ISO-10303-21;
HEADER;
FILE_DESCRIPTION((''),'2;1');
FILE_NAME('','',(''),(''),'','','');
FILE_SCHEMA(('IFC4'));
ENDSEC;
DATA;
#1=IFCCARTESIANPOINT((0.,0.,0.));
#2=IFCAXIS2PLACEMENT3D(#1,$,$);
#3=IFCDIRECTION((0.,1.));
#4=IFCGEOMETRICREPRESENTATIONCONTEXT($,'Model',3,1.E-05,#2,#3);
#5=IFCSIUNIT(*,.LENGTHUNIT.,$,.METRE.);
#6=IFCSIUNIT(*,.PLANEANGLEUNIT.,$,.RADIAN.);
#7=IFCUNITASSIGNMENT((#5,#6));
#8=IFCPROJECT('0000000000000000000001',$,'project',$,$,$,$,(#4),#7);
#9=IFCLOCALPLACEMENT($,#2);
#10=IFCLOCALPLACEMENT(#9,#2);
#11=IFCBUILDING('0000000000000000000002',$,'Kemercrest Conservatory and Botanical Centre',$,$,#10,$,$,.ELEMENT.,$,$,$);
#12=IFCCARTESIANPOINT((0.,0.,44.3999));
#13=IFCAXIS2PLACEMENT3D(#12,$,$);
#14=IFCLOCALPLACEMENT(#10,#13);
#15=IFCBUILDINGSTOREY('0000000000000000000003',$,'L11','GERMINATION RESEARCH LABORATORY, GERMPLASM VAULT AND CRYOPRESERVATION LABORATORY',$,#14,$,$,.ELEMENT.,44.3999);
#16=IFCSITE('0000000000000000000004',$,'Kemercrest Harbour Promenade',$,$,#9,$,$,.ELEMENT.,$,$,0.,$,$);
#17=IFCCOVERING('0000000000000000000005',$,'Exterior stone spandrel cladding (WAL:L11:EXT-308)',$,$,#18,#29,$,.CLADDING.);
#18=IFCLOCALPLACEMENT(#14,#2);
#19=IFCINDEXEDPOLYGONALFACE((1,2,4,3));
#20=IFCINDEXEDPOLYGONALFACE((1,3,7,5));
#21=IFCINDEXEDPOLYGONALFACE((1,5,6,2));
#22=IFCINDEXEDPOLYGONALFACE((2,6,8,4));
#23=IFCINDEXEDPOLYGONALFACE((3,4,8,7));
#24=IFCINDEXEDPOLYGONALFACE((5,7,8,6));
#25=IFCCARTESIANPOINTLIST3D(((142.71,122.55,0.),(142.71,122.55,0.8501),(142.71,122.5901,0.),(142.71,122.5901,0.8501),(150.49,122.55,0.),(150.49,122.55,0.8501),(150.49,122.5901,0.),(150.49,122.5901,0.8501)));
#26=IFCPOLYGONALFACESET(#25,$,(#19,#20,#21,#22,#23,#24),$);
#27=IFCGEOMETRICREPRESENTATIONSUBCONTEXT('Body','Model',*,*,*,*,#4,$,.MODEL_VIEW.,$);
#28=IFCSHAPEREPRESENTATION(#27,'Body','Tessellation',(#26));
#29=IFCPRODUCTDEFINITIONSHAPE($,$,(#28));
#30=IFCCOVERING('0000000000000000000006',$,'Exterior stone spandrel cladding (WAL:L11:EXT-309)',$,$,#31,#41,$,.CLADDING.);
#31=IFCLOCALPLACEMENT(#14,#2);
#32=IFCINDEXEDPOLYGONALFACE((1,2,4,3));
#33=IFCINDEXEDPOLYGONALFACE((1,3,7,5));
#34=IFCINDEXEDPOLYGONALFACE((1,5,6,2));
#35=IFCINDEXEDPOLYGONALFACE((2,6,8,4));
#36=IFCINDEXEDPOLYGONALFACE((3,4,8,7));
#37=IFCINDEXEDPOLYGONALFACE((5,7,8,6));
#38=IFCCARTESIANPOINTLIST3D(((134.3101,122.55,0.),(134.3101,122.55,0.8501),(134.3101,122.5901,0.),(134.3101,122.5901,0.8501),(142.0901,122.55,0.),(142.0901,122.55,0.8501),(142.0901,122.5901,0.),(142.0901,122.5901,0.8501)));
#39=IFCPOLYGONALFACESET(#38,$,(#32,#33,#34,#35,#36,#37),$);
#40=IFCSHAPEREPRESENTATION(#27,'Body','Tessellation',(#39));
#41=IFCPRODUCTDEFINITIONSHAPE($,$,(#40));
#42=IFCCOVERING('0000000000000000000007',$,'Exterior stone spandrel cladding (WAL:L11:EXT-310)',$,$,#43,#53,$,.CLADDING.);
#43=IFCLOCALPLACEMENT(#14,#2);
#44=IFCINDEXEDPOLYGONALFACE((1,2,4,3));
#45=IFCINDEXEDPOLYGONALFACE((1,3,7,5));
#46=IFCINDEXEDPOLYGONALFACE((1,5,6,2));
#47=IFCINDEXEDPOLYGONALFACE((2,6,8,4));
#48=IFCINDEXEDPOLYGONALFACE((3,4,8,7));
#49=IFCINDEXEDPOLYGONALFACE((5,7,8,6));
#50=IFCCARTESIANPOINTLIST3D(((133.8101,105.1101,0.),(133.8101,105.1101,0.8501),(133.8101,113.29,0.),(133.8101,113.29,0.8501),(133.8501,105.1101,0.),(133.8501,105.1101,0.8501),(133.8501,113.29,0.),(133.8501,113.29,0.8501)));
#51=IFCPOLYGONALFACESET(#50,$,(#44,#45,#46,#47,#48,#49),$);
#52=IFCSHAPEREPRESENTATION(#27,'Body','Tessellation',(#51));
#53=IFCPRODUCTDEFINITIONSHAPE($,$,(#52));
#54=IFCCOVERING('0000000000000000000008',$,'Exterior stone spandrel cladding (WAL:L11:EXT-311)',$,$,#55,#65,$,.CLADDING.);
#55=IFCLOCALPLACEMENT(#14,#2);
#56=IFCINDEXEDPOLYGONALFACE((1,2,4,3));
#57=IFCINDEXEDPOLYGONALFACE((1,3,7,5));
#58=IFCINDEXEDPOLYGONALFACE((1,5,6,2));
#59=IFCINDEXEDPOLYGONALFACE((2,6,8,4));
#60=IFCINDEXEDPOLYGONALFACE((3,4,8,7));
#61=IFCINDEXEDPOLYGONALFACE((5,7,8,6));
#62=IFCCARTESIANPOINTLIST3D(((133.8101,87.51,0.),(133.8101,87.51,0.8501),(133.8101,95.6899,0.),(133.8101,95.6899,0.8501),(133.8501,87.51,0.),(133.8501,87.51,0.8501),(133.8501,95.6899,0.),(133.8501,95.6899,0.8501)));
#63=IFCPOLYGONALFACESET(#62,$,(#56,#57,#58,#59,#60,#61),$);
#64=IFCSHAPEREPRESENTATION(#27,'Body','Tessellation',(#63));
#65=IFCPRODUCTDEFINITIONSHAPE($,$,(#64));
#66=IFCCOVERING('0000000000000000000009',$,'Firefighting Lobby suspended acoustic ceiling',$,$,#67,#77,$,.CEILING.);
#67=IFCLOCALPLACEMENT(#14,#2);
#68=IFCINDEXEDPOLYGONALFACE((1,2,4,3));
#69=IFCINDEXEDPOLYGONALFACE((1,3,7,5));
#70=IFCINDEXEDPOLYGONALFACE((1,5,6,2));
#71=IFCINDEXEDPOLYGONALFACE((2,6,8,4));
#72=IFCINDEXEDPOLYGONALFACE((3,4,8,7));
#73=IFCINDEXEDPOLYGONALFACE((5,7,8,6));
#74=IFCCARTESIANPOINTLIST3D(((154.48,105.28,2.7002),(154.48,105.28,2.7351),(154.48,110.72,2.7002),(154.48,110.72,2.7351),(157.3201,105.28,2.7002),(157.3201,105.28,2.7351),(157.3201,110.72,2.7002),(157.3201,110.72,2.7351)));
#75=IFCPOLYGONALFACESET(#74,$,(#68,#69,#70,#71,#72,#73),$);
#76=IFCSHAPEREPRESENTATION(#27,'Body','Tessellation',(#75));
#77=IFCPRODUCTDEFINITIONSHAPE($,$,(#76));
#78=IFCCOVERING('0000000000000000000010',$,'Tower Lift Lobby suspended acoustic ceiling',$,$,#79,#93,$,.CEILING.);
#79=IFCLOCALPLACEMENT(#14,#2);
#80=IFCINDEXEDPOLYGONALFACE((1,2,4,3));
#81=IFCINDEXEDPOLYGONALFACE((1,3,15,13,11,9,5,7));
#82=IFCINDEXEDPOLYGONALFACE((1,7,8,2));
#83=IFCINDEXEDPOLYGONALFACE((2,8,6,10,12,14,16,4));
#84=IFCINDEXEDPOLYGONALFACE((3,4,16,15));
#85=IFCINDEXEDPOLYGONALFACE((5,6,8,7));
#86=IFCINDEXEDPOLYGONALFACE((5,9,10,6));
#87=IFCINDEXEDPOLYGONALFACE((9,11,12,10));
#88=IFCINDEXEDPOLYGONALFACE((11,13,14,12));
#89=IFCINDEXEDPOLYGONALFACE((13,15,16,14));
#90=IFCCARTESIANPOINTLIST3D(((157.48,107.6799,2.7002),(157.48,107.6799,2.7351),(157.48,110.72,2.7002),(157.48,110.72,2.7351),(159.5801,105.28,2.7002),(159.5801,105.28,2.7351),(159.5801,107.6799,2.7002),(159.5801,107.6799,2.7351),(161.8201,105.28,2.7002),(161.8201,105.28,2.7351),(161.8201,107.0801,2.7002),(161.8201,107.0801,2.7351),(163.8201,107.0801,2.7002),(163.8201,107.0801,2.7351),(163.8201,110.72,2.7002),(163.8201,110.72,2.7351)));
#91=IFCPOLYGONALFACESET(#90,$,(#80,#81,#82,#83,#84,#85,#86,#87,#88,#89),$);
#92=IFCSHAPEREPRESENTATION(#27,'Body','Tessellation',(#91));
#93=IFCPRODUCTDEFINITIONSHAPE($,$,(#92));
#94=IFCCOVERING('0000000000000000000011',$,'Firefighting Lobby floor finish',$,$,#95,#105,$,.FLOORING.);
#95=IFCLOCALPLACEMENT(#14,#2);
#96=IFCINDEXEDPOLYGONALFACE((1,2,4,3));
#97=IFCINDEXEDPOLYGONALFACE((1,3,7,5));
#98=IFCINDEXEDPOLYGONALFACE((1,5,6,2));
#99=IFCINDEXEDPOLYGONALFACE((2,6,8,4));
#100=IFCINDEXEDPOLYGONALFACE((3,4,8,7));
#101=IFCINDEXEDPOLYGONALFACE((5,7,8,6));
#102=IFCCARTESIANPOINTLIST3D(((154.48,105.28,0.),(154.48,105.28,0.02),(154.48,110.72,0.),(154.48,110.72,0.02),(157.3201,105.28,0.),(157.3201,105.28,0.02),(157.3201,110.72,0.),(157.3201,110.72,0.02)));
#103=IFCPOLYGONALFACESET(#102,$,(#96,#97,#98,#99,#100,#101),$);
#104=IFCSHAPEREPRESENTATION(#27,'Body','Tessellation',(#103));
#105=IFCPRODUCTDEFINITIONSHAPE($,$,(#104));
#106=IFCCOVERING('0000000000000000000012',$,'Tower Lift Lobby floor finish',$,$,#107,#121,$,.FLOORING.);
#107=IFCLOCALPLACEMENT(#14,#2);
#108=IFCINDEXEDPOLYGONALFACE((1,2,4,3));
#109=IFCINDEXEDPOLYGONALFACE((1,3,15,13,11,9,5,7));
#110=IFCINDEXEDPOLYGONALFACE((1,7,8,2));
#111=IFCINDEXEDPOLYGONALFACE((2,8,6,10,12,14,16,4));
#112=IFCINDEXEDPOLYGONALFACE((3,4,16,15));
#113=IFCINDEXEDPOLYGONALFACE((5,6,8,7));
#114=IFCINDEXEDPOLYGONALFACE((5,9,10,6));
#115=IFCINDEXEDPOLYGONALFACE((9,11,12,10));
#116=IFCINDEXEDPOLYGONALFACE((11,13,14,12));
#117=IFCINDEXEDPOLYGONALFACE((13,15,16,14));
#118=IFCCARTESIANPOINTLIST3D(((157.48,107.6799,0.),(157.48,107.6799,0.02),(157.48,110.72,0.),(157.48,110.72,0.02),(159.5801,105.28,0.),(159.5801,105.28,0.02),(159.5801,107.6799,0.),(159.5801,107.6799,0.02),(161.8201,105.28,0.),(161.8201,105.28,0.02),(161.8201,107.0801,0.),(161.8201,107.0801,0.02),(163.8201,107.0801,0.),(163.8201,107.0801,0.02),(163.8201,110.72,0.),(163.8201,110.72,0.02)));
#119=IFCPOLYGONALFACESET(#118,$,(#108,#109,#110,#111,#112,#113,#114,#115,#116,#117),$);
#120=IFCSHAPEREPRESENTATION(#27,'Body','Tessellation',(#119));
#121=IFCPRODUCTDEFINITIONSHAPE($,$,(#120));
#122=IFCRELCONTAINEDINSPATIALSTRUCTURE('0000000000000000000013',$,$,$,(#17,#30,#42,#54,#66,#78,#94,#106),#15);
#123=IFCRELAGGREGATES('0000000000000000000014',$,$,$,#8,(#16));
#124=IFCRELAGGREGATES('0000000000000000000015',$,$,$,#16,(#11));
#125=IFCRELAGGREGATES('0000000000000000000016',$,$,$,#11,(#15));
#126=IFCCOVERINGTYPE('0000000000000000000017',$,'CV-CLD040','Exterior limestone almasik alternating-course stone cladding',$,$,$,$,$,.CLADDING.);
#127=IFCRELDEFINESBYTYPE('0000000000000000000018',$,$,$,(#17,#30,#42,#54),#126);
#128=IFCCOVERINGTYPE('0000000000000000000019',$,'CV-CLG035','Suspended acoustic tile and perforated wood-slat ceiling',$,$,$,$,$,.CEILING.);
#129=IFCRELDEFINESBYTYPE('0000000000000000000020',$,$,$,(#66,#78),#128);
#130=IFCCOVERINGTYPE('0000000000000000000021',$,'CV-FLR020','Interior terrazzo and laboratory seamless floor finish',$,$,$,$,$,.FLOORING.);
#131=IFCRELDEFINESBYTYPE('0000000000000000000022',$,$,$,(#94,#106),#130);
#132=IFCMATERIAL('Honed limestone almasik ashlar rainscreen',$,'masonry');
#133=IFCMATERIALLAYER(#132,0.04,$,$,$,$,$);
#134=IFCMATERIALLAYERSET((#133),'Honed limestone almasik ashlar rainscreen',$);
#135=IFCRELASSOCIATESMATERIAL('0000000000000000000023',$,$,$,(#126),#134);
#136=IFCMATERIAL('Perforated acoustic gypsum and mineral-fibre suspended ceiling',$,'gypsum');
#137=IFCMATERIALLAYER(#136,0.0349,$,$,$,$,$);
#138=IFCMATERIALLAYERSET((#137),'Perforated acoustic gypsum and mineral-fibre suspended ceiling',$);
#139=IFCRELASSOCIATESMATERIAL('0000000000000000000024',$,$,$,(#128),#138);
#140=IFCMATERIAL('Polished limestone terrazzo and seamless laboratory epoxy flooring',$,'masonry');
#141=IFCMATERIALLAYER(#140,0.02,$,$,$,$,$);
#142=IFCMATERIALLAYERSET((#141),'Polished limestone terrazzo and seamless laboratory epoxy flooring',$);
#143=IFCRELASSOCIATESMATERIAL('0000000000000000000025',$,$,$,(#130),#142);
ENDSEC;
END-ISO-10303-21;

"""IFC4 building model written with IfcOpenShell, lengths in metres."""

from ifc_helpers import new_model, si_unit, direction, frame, origin, place, context, subcontext, project, spatial, polyline, outline, extrude, material, layer, layer_set, type_object, element, save


model = new_model("IFC4")

# Units and contexts
model_context = context("Model", 3, precision=1e-05, world=origin(), true_north=direction((0.0, 1.0)))
body_context = subcontext(model_context, "Body", "Model", "MODEL_VIEW")
ifc_project = project(units=[si_unit("LENGTHUNIT", "METRE"), si_unit("PLANEANGLEUNIT", "RADIAN")], contexts=[model_context])

# Site, building, storey
site_placement = place(None, origin())
site = spatial("IfcSite", under=ifc_project, at=site_placement, Name="Kemercrest Harbour Promenade", CompositionType="ELEMENT", RefElevation=0.0)
building_placement = place(site_placement, origin())
building = spatial("IfcBuilding", under=site, at=building_placement, Name="Kemercrest Conservatory and Botanical Centre", CompositionType="ELEMENT")
storey_placement = place(building_placement, frame((0.0, 0.0, 44.3999)))
storey = spatial("IfcBuildingStorey", under=building, at=storey_placement, Name="L11", Description="GERMINATION RESEARCH LABORATORY, GERMPLASM VAULT AND CRYOPRESERVATION LABORATORY", CompositionType="ELEMENT", Elevation=44.3999)

# Coverings
ifc_material_1 = material(Name="Honed limestone almasik ashlar rainscreen", Category="masonry")
ifc_layer_1 = layer(ifc_material_1, 0.04)
ifc_layer_set_1 = layer_set([ifc_layer_1], Name="Honed limestone almasik ashlar rainscreen")
covering_type_1 = type_object("IfcCoveringType", Name="CV-CLD040", Description="Exterior limestone almasik alternating-course stone cladding", PredefinedType="CLADDING", material=ifc_layer_set_1)
covering_1_placement = place(storey_placement, origin())
element("IfcCovering", 1, at=covering_1_placement, inside=storey, type_object=covering_type_1, Name="Exterior stone spandrel cladding (WAL:L11:EXT-308)", PredefinedType="CLADDING", context=body_context, shape_type="SweptSolid", body=[
    extrude(outline(polyline([(150.49, 122.55), (150.49, 122.5901), (142.71, 122.5901), (142.71, 122.55), (150.49, 122.55)])), origin(), (0.0, 0.0, 1.0), 0.8501),
])
covering_2_placement = place(storey_placement, origin())
element("IfcCovering", 2, at=covering_2_placement, inside=storey, type_object=covering_type_1, Name="Exterior stone spandrel cladding (WAL:L11:EXT-309)", PredefinedType="CLADDING", context=body_context, shape_type="SweptSolid", body=[
    extrude(outline(polyline([(142.0901, 122.55), (142.0901, 122.5901), (134.3101, 122.5901), (134.3101, 122.55), (142.0901, 122.55)])), origin(), (0.0, 0.0, 1.0), 0.8501),
])
covering_3_placement = place(storey_placement, origin())
element("IfcCovering", 3, at=covering_3_placement, inside=storey, type_object=covering_type_1, Name="Exterior stone spandrel cladding (WAL:L11:EXT-310)", PredefinedType="CLADDING", context=body_context, shape_type="SweptSolid", body=[
    extrude(outline(polyline([(133.8501, 113.29), (133.8101, 113.29), (133.8101, 105.1101), (133.8501, 105.1101), (133.8501, 113.29)])), origin(), (0.0, 0.0, 1.0), 0.8501),
])
covering_4_placement = place(storey_placement, origin())
element("IfcCovering", 4, at=covering_4_placement, inside=storey, type_object=covering_type_1, Name="Exterior stone spandrel cladding (WAL:L11:EXT-311)", PredefinedType="CLADDING", context=body_context, shape_type="SweptSolid", body=[
    extrude(outline(polyline([(133.8501, 95.6899), (133.8101, 95.6899), (133.8101, 87.51), (133.8501, 87.51), (133.8501, 95.6899)])), origin(), (0.0, 0.0, 1.0), 0.8501),
])
ifc_material_2 = material(Name="Perforated acoustic gypsum and mineral-fibre suspended ceiling", Category="gypsum")
ifc_layer_2 = layer(ifc_material_2, 0.0349)
ifc_layer_set_2 = layer_set([ifc_layer_2], Name="Perforated acoustic gypsum and mineral-fibre suspended ceiling")
covering_type_2 = type_object("IfcCoveringType", Name="CV-CLG035", Description="Suspended acoustic tile and perforated wood-slat ceiling", PredefinedType="CEILING", material=ifc_layer_set_2)
covering_5_placement = place(storey_placement, frame((0.0, 0.0, 2.7002)))
element("IfcCovering", 5, at=covering_5_placement, inside=storey, type_object=covering_type_2, Name="Firefighting Lobby suspended acoustic ceiling", PredefinedType="CEILING", context=body_context, shape_type="SweptSolid", body=[
    extrude(outline(polyline([(154.48, 105.28), (157.3201, 105.28), (157.3201, 110.72), (154.48, 110.72), (154.48, 105.28)])), origin(), (0.0, 0.0, 1.0), 0.0349),
])
covering_6_placement = place(storey_placement, frame((0.0, 0.0, 2.7002)))
element("IfcCovering", 6, at=covering_6_placement, inside=storey, type_object=covering_type_2, Name="Tower Lift Lobby suspended acoustic ceiling", PredefinedType="CEILING", context=body_context, shape_type="SweptSolid", body=[
    extrude(outline(polyline([(159.5801, 107.6799), (159.5801, 105.28), (161.8201, 105.28), (161.8201, 107.0801), (163.8201, 107.0801), (163.8201, 110.72), (157.48, 110.72), (157.48, 107.6799), (159.5801, 107.6799)])), origin(), (0.0, 0.0, 1.0), 0.0349),
])
ifc_material_3 = material(Name="Polished limestone terrazzo and seamless laboratory epoxy flooring", Category="masonry")
ifc_layer_3 = layer(ifc_material_3, 0.02)
ifc_layer_set_3 = layer_set([ifc_layer_3], Name="Polished limestone terrazzo and seamless laboratory epoxy flooring")
covering_type_3 = type_object("IfcCoveringType", Name="CV-FLR020", Description="Interior terrazzo and laboratory seamless floor finish", PredefinedType="FLOORING", material=ifc_layer_set_3)
covering_7_placement = place(storey_placement, origin())
element("IfcCovering", 7, at=covering_7_placement, inside=storey, type_object=covering_type_3, Name="Firefighting Lobby floor finish", PredefinedType="FLOORING", context=body_context, shape_type="SweptSolid", body=[
    extrude(outline(polyline([(154.48, 105.28), (157.3201, 105.28), (157.3201, 110.72), (154.48, 110.72), (154.48, 105.28)])), origin(), (0.0, 0.0, 1.0), 0.02),
])
covering_8_placement = place(storey_placement, origin())
element("IfcCovering", 8, at=covering_8_placement, inside=storey, type_object=covering_type_3, Name="Tower Lift Lobby floor finish", PredefinedType="FLOORING", context=body_context, shape_type="SweptSolid", body=[
    extrude(outline(polyline([(159.5801, 107.6799), (159.5801, 105.28), (161.8201, 105.28), (161.8201, 107.0801), (163.8201, 107.0801), (163.8201, 110.72), (157.48, 110.72), (157.48, 107.6799), (159.5801, 107.6799)])), origin(), (0.0, 0.0, 1.0), 0.02),
])

save(model, "model.ifc")
